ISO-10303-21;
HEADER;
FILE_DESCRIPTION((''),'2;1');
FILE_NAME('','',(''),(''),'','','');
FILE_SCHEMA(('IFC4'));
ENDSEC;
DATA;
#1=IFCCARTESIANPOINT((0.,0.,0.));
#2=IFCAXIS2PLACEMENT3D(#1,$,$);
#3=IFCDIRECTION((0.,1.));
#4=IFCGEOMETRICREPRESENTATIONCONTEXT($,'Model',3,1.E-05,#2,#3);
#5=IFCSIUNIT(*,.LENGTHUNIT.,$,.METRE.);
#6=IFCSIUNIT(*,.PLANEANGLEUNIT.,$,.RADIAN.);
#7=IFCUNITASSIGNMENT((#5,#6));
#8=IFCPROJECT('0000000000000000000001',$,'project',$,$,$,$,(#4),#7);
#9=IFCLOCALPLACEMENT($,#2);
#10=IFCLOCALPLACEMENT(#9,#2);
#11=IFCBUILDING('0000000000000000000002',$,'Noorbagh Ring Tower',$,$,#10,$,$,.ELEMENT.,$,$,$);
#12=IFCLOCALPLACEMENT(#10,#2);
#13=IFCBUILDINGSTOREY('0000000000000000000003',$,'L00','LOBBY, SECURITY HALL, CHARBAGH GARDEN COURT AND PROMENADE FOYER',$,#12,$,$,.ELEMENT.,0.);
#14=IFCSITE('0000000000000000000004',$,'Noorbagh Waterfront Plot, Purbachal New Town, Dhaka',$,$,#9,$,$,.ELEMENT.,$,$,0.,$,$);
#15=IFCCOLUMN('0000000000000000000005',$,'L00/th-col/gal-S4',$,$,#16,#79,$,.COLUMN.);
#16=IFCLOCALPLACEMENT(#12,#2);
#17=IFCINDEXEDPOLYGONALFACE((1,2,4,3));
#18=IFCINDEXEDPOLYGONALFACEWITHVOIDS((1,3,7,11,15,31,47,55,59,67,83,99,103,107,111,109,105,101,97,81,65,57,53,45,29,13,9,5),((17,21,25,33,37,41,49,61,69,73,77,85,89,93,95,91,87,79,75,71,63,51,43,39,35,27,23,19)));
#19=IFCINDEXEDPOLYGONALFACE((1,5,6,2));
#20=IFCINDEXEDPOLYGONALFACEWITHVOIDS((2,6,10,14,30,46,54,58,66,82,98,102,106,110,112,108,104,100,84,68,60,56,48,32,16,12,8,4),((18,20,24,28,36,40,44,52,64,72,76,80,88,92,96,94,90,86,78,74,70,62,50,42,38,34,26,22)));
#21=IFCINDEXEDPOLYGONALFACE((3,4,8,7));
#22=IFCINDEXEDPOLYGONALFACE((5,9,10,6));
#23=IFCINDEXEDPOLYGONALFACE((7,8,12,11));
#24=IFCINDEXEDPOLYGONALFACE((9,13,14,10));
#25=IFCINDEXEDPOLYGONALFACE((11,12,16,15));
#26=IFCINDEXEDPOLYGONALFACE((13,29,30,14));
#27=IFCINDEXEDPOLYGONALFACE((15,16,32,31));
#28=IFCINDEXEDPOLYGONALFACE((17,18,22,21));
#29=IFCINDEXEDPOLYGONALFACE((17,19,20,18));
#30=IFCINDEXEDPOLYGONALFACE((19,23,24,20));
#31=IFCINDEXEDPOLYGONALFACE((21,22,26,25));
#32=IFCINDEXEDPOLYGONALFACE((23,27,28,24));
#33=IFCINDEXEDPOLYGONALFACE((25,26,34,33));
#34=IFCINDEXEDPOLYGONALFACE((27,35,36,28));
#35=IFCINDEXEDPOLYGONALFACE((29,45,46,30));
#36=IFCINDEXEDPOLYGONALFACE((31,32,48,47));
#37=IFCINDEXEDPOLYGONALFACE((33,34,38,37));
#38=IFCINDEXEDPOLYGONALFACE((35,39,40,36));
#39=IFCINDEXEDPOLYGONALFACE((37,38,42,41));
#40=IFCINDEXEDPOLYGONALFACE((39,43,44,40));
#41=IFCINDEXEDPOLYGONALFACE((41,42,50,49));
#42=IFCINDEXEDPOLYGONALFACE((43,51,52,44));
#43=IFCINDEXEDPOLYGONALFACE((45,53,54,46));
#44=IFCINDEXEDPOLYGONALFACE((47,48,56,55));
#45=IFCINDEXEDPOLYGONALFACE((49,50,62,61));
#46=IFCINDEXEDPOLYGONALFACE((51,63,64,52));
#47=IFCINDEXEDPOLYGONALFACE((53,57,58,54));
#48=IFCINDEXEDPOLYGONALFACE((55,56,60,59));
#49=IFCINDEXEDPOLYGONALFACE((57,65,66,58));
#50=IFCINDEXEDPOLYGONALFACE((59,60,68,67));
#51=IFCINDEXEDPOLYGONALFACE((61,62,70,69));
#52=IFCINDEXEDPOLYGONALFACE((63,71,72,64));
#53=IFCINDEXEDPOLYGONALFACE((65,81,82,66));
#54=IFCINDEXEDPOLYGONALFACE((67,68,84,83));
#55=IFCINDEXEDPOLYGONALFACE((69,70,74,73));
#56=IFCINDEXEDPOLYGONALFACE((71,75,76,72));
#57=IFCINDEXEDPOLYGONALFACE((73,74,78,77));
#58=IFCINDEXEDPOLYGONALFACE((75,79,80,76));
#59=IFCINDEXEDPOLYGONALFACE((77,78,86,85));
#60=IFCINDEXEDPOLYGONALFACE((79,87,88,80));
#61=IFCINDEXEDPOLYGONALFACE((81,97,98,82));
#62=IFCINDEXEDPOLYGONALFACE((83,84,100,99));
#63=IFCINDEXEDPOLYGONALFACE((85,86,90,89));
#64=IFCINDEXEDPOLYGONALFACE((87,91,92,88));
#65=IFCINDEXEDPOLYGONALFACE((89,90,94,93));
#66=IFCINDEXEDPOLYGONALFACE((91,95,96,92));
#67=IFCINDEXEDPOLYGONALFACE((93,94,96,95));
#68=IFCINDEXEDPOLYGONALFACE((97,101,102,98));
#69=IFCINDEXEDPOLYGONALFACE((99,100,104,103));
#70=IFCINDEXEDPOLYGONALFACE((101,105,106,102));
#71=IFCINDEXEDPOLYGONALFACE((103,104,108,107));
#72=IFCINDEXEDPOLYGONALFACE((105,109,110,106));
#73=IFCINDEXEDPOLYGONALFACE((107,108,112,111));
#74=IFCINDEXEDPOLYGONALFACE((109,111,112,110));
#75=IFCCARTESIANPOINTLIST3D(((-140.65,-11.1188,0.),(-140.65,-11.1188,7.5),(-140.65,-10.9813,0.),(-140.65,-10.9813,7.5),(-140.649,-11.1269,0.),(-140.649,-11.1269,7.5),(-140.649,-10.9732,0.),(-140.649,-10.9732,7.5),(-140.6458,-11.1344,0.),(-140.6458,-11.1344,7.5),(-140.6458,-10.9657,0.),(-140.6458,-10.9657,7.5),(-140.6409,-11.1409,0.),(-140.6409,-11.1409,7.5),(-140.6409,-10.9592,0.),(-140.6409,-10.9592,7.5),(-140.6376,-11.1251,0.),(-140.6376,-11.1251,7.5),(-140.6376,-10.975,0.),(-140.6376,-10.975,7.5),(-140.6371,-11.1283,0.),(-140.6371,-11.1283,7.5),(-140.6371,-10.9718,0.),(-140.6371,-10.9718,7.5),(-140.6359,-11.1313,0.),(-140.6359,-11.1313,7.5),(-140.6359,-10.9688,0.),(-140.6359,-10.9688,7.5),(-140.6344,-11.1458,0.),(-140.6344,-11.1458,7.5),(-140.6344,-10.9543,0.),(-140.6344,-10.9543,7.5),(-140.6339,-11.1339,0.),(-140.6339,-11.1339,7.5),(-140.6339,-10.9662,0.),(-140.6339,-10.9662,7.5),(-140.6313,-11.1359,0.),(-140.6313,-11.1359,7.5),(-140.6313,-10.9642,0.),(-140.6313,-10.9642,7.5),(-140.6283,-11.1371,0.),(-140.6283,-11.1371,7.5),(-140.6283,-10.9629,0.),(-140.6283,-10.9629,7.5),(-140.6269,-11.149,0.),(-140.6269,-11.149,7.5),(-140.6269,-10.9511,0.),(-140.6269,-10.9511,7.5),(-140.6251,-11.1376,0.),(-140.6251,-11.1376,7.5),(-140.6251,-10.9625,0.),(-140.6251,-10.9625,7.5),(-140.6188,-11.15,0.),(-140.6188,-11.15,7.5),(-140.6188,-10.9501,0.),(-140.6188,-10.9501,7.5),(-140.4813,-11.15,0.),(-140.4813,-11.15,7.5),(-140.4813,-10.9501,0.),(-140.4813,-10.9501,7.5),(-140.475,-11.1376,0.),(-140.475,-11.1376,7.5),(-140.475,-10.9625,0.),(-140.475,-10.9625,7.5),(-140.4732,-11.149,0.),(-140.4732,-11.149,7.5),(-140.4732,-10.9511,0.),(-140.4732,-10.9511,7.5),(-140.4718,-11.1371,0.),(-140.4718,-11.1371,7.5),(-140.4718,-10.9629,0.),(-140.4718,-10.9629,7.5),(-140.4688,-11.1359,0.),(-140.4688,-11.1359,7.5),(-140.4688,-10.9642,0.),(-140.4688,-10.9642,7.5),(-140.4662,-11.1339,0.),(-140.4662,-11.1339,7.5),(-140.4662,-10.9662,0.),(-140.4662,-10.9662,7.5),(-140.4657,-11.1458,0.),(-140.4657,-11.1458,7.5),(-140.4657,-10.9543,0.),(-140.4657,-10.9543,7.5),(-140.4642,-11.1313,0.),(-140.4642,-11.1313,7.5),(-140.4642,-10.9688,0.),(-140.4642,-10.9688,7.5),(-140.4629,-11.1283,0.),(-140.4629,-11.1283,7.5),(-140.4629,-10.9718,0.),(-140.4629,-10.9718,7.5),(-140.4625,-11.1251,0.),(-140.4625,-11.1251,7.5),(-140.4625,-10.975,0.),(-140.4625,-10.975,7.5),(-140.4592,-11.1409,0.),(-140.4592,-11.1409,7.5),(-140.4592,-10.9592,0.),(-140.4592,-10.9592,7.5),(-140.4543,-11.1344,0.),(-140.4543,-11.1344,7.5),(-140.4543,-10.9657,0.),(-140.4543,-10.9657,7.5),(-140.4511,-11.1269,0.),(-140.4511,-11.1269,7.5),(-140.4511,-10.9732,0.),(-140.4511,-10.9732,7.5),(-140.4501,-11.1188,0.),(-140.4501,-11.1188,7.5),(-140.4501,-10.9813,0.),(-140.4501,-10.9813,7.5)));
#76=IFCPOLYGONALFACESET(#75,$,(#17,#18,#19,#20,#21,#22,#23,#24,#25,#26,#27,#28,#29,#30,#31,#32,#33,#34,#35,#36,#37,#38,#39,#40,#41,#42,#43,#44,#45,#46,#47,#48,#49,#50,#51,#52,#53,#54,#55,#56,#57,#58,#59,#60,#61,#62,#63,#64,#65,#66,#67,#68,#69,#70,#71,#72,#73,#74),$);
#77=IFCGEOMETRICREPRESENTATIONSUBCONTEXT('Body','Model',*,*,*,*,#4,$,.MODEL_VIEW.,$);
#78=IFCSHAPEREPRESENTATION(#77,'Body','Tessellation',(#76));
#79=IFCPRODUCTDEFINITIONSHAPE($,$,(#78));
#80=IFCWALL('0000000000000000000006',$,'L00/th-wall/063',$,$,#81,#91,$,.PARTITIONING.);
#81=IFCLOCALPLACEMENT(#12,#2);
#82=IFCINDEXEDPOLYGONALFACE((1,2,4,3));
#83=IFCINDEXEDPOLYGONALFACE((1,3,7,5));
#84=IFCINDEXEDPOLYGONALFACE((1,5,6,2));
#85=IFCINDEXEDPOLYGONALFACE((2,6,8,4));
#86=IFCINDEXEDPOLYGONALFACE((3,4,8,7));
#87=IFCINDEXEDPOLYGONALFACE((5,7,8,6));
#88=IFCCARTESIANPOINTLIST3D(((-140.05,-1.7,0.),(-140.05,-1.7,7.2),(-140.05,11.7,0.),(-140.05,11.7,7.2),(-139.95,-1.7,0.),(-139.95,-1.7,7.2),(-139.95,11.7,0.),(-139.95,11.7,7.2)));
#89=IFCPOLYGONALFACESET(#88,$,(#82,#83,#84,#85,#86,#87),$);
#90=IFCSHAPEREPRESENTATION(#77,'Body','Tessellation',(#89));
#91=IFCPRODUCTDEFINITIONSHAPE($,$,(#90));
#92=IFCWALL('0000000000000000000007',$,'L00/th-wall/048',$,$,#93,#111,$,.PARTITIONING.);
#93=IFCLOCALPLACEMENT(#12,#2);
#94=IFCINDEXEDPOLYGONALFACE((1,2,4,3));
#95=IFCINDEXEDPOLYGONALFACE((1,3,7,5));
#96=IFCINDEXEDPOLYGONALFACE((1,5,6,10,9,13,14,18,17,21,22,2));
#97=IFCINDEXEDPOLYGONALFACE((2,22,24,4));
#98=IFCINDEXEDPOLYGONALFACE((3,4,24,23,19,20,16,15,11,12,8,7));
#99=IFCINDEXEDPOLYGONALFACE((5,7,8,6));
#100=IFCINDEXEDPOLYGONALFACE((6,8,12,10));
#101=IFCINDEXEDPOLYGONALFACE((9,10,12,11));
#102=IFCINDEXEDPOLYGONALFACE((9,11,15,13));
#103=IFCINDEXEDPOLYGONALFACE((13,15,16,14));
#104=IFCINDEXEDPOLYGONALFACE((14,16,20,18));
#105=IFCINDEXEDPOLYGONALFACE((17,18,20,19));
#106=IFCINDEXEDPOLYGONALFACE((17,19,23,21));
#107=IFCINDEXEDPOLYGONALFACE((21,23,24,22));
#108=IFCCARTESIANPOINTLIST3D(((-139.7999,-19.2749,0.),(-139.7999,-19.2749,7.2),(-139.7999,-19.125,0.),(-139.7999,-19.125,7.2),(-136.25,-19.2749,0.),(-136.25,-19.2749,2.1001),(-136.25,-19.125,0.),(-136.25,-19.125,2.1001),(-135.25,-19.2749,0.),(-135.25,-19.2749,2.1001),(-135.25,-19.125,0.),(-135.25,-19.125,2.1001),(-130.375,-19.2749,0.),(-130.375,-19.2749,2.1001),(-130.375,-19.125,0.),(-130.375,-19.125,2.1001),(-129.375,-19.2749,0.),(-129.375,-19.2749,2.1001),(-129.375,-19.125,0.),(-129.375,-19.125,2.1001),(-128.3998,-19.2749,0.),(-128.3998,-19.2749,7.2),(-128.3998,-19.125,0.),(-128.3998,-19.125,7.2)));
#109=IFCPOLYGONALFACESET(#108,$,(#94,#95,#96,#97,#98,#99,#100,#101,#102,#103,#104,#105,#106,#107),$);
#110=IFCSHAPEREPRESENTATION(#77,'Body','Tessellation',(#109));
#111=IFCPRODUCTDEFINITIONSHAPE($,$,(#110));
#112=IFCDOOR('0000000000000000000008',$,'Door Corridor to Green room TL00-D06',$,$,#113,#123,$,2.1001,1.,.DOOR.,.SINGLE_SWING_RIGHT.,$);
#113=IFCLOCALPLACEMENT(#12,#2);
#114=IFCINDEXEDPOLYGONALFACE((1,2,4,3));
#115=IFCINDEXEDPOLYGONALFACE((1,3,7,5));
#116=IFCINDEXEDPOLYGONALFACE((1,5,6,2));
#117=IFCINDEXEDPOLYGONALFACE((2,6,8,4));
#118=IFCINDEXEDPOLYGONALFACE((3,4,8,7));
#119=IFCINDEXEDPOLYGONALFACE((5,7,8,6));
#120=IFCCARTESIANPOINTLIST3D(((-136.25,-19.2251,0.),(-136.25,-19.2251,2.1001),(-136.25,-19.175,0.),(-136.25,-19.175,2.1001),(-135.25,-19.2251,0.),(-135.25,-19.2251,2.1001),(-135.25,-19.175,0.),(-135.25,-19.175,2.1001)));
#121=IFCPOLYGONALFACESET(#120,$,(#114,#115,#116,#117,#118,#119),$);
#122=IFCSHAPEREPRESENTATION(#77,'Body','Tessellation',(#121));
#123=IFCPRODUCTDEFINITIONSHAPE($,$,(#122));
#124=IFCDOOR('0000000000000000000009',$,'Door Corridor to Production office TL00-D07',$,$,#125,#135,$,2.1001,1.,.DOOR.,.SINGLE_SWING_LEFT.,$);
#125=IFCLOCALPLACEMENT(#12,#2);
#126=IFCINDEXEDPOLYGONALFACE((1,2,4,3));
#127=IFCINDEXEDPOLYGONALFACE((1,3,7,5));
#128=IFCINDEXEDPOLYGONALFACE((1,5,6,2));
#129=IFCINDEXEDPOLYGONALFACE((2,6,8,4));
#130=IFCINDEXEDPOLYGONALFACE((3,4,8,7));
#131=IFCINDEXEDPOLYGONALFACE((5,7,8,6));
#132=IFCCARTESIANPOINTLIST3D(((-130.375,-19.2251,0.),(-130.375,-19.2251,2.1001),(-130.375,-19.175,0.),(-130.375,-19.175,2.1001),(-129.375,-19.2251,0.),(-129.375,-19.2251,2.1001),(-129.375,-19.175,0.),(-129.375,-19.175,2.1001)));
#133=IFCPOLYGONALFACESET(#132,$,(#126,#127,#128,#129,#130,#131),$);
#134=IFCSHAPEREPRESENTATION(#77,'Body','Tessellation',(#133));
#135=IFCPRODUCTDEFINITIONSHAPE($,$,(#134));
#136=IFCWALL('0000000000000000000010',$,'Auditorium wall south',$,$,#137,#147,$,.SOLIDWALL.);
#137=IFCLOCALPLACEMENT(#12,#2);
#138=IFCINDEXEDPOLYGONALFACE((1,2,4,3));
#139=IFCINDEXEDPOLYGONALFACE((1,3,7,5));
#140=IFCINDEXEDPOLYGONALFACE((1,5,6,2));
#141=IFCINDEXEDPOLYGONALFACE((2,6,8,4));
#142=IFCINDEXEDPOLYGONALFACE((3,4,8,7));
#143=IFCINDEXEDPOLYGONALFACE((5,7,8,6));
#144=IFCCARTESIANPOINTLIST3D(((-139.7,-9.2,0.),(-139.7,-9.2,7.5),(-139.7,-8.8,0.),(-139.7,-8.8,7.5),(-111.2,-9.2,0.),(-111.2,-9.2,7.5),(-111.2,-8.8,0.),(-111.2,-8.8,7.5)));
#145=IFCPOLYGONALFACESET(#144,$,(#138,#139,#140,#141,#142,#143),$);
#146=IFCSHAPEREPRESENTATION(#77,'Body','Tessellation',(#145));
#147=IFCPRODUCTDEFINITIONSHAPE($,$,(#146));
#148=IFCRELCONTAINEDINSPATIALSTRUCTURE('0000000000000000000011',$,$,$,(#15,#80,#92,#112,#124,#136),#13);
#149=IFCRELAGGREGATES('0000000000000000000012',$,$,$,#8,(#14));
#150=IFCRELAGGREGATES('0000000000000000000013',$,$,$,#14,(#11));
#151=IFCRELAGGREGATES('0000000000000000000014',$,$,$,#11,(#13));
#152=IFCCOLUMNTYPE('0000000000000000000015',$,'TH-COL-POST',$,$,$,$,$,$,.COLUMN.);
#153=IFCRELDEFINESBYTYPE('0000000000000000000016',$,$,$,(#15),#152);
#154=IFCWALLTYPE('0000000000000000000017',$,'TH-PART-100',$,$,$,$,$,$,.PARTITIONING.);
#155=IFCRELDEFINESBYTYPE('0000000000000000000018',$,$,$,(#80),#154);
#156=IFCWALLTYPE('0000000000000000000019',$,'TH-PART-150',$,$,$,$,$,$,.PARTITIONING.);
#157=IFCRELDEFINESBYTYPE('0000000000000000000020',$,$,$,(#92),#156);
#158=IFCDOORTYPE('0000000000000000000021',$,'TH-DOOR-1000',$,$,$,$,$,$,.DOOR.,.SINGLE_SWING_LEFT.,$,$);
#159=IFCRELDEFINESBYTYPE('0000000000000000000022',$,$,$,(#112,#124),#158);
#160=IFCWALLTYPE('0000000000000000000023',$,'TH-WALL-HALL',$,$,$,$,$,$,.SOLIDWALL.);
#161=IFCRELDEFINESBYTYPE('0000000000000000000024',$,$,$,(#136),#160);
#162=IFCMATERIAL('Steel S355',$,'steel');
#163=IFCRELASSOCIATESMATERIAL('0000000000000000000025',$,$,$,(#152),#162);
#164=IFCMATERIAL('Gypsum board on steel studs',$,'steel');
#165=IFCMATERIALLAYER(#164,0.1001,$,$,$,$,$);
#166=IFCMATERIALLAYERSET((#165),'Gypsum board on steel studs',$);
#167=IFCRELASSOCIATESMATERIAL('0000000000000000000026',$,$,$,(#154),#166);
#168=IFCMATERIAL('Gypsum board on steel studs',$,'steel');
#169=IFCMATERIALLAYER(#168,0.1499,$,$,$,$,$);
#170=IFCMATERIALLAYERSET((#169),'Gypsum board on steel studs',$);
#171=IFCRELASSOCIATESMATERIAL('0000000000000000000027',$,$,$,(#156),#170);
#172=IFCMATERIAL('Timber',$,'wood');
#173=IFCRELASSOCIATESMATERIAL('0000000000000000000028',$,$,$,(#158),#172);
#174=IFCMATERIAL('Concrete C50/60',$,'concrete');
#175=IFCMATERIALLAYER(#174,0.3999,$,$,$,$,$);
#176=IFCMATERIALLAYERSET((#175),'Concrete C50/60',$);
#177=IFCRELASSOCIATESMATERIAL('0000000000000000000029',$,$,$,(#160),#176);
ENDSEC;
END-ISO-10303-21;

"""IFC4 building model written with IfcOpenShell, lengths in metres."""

from ifc_helpers import new_model, si_unit, direction, frame, frame_2d, origin, origin_2d, place, context, subcontext, project, spatial, rectangle, hollow_rectangle, extrude, material, layer, layer_set, material_profile, profile_set, type_object, element, fill, save


model = new_model("IFC4")

# Units and contexts
model_context = context("Model", 3, precision=1e-05, world=origin(), true_north=direction((0.0, 1.0)))
body_context = subcontext(model_context, "Body", "Model", "MODEL_VIEW")
ifc_project = project(units=[si_unit("LENGTHUNIT", "METRE"), si_unit("PLANEANGLEUNIT", "RADIAN")], contexts=[model_context])

# Site, building, storey
site_placement = place(None, origin())
site = spatial("IfcSite", under=ifc_project, at=site_placement, Name="Noorbagh Waterfront Plot, Purbachal New Town, Dhaka", CompositionType="ELEMENT", RefElevation=0.0)
building_placement = place(site_placement, origin())
building = spatial("IfcBuilding", under=site, at=building_placement, Name="Noorbagh Ring Tower", CompositionType="ELEMENT")
storey_placement = place(building_placement, origin())
storey = spatial("IfcBuildingStorey", under=building, at=storey_placement, Name="L00", Description="LOBBY, SECURITY HALL, CHARBAGH GARDEN COURT AND PROMENADE FOYER", CompositionType="ELEMENT", Elevation=0.0)

# Column
ifc_material_1 = material(Name="Steel S355", Category="steel")
ifc_material_profile = material_profile(ifc_material_1, hollow_rectangle(XDim=0.2, YDim=0.2, WallThickness=0.0125, InnerFilletRadius=0.0125, OuterFilletRadius=0.0312, at=origin_2d()), Name="SHS200x200x12.5")
ifc_profile_set = profile_set([ifc_material_profile], Name="Steel S355")
column_type = type_object("IfcColumnType", Name="TH-COL-POST", PredefinedType="COLUMN", material=ifc_profile_set)
column_placement = place(storey_placement, frame((-140.55, -11.05, 0.0), z_axis=(0.0, 0.0, 1.0), x_axis=(1.0, 0.0, 0.0)))
element("IfcColumn", 1, at=column_placement, inside=storey, type_object=column_type, Name="L00/th-col/gal-S4", PredefinedType="COLUMN", context=body_context, shape_type="SweptSolid", body=[
    extrude(hollow_rectangle(XDim=0.2, YDim=0.2, WallThickness=0.0125, InnerFilletRadius=0.0125, OuterFilletRadius=0.0312, at=origin_2d()), origin(), (0.0, 0.0, 1.0), 7.5),
])

# Wall
ifc_material_2 = material(Name="Gypsum board on steel studs", Category="steel")
ifc_layer_1 = layer(ifc_material_2, 0.1001)
ifc_layer_set_1 = layer_set([ifc_layer_1], Name="Gypsum board on steel studs")
wall_type_1 = type_object("IfcWallType", Name="TH-PART-100", PredefinedType="PARTITIONING", material=ifc_layer_set_1)
wall_1_placement = place(storey_placement, frame((-140.0, -1.7, 0.0), z_axis=(0.0, 0.0, 1.0), x_axis=(0.0, 1.0, 0.0)))
element("IfcWall", 2, at=wall_1_placement, inside=storey, type_object=wall_type_1, Name="L00/th-wall/063", PredefinedType="PARTITIONING", context=body_context, shape_type="SweptSolid", body=[
    extrude(rectangle(XDim=13.3999, YDim=0.1001, at=frame_2d((6.7, 0.0))), origin(), (0.0, 0.0, 1.0), 7.2),
])

# Wall, openings, doors
ifc_material_3 = material(Name="Gypsum board on steel studs", Category="steel")
ifc_layer_2 = layer(ifc_material_3, 0.1499)
ifc_layer_set_2 = layer_set([ifc_layer_2], Name="Gypsum board on steel studs")
wall_type_2 = type_object("IfcWallType", Name="TH-PART-150", PredefinedType="PARTITIONING", material=ifc_layer_set_2)
wall_2_placement = place(storey_placement, frame((-139.8, -19.2, 0.0), z_axis=(0.0, 0.0, 1.0), x_axis=(1.0, 0.0, 0.0)))
wall_2 = element("IfcWall", 3, at=wall_2_placement, inside=storey, type_object=wall_type_2, Name="L00/th-wall/048", PredefinedType="PARTITIONING", context=body_context, shape_type="SweptSolid", body=[
    extrude(rectangle(XDim=11.4001, YDim=0.1499, at=frame_2d((5.7002, 0.0))), origin(), (0.0, 0.0, 1.0), 7.2),
])
opening_1_placement = place(wall_2_placement, frame((3.55, 0.0, 0.0)))
opening_1 = element("IfcOpeningElement", 4, at=opening_1_placement, cuts=wall_2, PredefinedType="OPENING", context=body_context, shape_type="SweptSolid", body=[
    extrude(rectangle(XDim=1.0, YDim=2.1001, at=frame_2d((0.5, 1.05))), frame((0.0, 0.085, 0.0), z_axis=(0.0, -1.0, 0.0), x_axis=(1.0, 0.0, 0.0)), (0.0, 0.0, 1.0), 0.1699),
])
opening_2_placement = place(wall_2_placement, frame((9.425, 0.0, 0.0)))
opening_2 = element("IfcOpeningElement", 5, at=opening_2_placement, cuts=wall_2, PredefinedType="OPENING", context=body_context, shape_type="SweptSolid", body=[
    extrude(rectangle(XDim=1.0, YDim=2.1001, at=frame_2d((0.5, 1.05))), frame((0.0, 0.085, 0.0), z_axis=(0.0, -1.0, 0.0), x_axis=(1.0, 0.0, 0.0)), (0.0, 0.0, 1.0), 0.1699),
])
ifc_material_4 = material(Name="Timber", Category="wood")
door_type_1 = type_object("IfcDoorType", Name="TH-DOOR-1000", OperationType="SINGLE_SWING_LEFT", PredefinedType="DOOR", material=ifc_material_4)
door_1_placement = place(opening_1_placement, origin())
door_1 = element("IfcDoor", 6, at=door_1_placement, inside=storey, type_object=door_type_1, Name="Door Corridor to Green room TL00-D06", OperationType="SINGLE_SWING_RIGHT", OverallHeight=2.1001, OverallWidth=1.0, PredefinedType="DOOR", context=body_context, shape_type="SweptSolid", body=[
    extrude(rectangle(XDim=1.0, YDim=2.1001, at=frame_2d((0.5, 1.05))), frame((0.0, 0.0249, 0.0), z_axis=(0.0, -1.0, 0.0), x_axis=(1.0, 0.0, 0.0)), (0.0, 0.0, 1.0), 0.05),
])
fill(opening_1, door_1)
door_2_placement = place(opening_2_placement, origin())
door_2 = element("IfcDoor", 7, at=door_2_placement, inside=storey, type_object=door_type_1, Name="Door Corridor to Production office TL00-D07", OperationType="SINGLE_SWING_LEFT", OverallHeight=2.1001, OverallWidth=1.0, PredefinedType="DOOR", context=body_context, shape_type="SweptSolid", body=[
    extrude(rectangle(XDim=1.0, YDim=2.1001, at=frame_2d((0.5, 1.05))), frame((0.0, 0.0249, 0.0), z_axis=(0.0, -1.0, 0.0), x_axis=(1.0, 0.0, 0.0)), (0.0, 0.0, 1.0), 0.05),
])
fill(opening_2, door_2)

# Wall
ifc_material_5 = material(Name="Concrete C50/60", Category="concrete")
ifc_layer_3 = layer(ifc_material_5, 0.3999)
ifc_layer_set_3 = layer_set([ifc_layer_3], Name="Concrete C50/60")
wall_type_3 = type_object("IfcWallType", Name="TH-WALL-HALL", PredefinedType="SOLIDWALL", material=ifc_layer_set_3)
wall_3_placement = place(storey_placement, frame((-139.7, -9.0, 0.0), z_axis=(0.0, 0.0, 1.0), x_axis=(1.0, 0.0, 0.0)))
element("IfcWall", 8, at=wall_3_placement, inside=storey, type_object=wall_type_3, Name="Auditorium wall south", PredefinedType="SOLIDWALL", context=body_context, shape_type="SweptSolid", body=[
    extrude(rectangle(XDim=28.5, YDim=0.3999, at=frame_2d((14.25, 0.0))), origin(), (0.0, 0.0, 1.0), 7.5),
])

save(model, "model.ifc")
